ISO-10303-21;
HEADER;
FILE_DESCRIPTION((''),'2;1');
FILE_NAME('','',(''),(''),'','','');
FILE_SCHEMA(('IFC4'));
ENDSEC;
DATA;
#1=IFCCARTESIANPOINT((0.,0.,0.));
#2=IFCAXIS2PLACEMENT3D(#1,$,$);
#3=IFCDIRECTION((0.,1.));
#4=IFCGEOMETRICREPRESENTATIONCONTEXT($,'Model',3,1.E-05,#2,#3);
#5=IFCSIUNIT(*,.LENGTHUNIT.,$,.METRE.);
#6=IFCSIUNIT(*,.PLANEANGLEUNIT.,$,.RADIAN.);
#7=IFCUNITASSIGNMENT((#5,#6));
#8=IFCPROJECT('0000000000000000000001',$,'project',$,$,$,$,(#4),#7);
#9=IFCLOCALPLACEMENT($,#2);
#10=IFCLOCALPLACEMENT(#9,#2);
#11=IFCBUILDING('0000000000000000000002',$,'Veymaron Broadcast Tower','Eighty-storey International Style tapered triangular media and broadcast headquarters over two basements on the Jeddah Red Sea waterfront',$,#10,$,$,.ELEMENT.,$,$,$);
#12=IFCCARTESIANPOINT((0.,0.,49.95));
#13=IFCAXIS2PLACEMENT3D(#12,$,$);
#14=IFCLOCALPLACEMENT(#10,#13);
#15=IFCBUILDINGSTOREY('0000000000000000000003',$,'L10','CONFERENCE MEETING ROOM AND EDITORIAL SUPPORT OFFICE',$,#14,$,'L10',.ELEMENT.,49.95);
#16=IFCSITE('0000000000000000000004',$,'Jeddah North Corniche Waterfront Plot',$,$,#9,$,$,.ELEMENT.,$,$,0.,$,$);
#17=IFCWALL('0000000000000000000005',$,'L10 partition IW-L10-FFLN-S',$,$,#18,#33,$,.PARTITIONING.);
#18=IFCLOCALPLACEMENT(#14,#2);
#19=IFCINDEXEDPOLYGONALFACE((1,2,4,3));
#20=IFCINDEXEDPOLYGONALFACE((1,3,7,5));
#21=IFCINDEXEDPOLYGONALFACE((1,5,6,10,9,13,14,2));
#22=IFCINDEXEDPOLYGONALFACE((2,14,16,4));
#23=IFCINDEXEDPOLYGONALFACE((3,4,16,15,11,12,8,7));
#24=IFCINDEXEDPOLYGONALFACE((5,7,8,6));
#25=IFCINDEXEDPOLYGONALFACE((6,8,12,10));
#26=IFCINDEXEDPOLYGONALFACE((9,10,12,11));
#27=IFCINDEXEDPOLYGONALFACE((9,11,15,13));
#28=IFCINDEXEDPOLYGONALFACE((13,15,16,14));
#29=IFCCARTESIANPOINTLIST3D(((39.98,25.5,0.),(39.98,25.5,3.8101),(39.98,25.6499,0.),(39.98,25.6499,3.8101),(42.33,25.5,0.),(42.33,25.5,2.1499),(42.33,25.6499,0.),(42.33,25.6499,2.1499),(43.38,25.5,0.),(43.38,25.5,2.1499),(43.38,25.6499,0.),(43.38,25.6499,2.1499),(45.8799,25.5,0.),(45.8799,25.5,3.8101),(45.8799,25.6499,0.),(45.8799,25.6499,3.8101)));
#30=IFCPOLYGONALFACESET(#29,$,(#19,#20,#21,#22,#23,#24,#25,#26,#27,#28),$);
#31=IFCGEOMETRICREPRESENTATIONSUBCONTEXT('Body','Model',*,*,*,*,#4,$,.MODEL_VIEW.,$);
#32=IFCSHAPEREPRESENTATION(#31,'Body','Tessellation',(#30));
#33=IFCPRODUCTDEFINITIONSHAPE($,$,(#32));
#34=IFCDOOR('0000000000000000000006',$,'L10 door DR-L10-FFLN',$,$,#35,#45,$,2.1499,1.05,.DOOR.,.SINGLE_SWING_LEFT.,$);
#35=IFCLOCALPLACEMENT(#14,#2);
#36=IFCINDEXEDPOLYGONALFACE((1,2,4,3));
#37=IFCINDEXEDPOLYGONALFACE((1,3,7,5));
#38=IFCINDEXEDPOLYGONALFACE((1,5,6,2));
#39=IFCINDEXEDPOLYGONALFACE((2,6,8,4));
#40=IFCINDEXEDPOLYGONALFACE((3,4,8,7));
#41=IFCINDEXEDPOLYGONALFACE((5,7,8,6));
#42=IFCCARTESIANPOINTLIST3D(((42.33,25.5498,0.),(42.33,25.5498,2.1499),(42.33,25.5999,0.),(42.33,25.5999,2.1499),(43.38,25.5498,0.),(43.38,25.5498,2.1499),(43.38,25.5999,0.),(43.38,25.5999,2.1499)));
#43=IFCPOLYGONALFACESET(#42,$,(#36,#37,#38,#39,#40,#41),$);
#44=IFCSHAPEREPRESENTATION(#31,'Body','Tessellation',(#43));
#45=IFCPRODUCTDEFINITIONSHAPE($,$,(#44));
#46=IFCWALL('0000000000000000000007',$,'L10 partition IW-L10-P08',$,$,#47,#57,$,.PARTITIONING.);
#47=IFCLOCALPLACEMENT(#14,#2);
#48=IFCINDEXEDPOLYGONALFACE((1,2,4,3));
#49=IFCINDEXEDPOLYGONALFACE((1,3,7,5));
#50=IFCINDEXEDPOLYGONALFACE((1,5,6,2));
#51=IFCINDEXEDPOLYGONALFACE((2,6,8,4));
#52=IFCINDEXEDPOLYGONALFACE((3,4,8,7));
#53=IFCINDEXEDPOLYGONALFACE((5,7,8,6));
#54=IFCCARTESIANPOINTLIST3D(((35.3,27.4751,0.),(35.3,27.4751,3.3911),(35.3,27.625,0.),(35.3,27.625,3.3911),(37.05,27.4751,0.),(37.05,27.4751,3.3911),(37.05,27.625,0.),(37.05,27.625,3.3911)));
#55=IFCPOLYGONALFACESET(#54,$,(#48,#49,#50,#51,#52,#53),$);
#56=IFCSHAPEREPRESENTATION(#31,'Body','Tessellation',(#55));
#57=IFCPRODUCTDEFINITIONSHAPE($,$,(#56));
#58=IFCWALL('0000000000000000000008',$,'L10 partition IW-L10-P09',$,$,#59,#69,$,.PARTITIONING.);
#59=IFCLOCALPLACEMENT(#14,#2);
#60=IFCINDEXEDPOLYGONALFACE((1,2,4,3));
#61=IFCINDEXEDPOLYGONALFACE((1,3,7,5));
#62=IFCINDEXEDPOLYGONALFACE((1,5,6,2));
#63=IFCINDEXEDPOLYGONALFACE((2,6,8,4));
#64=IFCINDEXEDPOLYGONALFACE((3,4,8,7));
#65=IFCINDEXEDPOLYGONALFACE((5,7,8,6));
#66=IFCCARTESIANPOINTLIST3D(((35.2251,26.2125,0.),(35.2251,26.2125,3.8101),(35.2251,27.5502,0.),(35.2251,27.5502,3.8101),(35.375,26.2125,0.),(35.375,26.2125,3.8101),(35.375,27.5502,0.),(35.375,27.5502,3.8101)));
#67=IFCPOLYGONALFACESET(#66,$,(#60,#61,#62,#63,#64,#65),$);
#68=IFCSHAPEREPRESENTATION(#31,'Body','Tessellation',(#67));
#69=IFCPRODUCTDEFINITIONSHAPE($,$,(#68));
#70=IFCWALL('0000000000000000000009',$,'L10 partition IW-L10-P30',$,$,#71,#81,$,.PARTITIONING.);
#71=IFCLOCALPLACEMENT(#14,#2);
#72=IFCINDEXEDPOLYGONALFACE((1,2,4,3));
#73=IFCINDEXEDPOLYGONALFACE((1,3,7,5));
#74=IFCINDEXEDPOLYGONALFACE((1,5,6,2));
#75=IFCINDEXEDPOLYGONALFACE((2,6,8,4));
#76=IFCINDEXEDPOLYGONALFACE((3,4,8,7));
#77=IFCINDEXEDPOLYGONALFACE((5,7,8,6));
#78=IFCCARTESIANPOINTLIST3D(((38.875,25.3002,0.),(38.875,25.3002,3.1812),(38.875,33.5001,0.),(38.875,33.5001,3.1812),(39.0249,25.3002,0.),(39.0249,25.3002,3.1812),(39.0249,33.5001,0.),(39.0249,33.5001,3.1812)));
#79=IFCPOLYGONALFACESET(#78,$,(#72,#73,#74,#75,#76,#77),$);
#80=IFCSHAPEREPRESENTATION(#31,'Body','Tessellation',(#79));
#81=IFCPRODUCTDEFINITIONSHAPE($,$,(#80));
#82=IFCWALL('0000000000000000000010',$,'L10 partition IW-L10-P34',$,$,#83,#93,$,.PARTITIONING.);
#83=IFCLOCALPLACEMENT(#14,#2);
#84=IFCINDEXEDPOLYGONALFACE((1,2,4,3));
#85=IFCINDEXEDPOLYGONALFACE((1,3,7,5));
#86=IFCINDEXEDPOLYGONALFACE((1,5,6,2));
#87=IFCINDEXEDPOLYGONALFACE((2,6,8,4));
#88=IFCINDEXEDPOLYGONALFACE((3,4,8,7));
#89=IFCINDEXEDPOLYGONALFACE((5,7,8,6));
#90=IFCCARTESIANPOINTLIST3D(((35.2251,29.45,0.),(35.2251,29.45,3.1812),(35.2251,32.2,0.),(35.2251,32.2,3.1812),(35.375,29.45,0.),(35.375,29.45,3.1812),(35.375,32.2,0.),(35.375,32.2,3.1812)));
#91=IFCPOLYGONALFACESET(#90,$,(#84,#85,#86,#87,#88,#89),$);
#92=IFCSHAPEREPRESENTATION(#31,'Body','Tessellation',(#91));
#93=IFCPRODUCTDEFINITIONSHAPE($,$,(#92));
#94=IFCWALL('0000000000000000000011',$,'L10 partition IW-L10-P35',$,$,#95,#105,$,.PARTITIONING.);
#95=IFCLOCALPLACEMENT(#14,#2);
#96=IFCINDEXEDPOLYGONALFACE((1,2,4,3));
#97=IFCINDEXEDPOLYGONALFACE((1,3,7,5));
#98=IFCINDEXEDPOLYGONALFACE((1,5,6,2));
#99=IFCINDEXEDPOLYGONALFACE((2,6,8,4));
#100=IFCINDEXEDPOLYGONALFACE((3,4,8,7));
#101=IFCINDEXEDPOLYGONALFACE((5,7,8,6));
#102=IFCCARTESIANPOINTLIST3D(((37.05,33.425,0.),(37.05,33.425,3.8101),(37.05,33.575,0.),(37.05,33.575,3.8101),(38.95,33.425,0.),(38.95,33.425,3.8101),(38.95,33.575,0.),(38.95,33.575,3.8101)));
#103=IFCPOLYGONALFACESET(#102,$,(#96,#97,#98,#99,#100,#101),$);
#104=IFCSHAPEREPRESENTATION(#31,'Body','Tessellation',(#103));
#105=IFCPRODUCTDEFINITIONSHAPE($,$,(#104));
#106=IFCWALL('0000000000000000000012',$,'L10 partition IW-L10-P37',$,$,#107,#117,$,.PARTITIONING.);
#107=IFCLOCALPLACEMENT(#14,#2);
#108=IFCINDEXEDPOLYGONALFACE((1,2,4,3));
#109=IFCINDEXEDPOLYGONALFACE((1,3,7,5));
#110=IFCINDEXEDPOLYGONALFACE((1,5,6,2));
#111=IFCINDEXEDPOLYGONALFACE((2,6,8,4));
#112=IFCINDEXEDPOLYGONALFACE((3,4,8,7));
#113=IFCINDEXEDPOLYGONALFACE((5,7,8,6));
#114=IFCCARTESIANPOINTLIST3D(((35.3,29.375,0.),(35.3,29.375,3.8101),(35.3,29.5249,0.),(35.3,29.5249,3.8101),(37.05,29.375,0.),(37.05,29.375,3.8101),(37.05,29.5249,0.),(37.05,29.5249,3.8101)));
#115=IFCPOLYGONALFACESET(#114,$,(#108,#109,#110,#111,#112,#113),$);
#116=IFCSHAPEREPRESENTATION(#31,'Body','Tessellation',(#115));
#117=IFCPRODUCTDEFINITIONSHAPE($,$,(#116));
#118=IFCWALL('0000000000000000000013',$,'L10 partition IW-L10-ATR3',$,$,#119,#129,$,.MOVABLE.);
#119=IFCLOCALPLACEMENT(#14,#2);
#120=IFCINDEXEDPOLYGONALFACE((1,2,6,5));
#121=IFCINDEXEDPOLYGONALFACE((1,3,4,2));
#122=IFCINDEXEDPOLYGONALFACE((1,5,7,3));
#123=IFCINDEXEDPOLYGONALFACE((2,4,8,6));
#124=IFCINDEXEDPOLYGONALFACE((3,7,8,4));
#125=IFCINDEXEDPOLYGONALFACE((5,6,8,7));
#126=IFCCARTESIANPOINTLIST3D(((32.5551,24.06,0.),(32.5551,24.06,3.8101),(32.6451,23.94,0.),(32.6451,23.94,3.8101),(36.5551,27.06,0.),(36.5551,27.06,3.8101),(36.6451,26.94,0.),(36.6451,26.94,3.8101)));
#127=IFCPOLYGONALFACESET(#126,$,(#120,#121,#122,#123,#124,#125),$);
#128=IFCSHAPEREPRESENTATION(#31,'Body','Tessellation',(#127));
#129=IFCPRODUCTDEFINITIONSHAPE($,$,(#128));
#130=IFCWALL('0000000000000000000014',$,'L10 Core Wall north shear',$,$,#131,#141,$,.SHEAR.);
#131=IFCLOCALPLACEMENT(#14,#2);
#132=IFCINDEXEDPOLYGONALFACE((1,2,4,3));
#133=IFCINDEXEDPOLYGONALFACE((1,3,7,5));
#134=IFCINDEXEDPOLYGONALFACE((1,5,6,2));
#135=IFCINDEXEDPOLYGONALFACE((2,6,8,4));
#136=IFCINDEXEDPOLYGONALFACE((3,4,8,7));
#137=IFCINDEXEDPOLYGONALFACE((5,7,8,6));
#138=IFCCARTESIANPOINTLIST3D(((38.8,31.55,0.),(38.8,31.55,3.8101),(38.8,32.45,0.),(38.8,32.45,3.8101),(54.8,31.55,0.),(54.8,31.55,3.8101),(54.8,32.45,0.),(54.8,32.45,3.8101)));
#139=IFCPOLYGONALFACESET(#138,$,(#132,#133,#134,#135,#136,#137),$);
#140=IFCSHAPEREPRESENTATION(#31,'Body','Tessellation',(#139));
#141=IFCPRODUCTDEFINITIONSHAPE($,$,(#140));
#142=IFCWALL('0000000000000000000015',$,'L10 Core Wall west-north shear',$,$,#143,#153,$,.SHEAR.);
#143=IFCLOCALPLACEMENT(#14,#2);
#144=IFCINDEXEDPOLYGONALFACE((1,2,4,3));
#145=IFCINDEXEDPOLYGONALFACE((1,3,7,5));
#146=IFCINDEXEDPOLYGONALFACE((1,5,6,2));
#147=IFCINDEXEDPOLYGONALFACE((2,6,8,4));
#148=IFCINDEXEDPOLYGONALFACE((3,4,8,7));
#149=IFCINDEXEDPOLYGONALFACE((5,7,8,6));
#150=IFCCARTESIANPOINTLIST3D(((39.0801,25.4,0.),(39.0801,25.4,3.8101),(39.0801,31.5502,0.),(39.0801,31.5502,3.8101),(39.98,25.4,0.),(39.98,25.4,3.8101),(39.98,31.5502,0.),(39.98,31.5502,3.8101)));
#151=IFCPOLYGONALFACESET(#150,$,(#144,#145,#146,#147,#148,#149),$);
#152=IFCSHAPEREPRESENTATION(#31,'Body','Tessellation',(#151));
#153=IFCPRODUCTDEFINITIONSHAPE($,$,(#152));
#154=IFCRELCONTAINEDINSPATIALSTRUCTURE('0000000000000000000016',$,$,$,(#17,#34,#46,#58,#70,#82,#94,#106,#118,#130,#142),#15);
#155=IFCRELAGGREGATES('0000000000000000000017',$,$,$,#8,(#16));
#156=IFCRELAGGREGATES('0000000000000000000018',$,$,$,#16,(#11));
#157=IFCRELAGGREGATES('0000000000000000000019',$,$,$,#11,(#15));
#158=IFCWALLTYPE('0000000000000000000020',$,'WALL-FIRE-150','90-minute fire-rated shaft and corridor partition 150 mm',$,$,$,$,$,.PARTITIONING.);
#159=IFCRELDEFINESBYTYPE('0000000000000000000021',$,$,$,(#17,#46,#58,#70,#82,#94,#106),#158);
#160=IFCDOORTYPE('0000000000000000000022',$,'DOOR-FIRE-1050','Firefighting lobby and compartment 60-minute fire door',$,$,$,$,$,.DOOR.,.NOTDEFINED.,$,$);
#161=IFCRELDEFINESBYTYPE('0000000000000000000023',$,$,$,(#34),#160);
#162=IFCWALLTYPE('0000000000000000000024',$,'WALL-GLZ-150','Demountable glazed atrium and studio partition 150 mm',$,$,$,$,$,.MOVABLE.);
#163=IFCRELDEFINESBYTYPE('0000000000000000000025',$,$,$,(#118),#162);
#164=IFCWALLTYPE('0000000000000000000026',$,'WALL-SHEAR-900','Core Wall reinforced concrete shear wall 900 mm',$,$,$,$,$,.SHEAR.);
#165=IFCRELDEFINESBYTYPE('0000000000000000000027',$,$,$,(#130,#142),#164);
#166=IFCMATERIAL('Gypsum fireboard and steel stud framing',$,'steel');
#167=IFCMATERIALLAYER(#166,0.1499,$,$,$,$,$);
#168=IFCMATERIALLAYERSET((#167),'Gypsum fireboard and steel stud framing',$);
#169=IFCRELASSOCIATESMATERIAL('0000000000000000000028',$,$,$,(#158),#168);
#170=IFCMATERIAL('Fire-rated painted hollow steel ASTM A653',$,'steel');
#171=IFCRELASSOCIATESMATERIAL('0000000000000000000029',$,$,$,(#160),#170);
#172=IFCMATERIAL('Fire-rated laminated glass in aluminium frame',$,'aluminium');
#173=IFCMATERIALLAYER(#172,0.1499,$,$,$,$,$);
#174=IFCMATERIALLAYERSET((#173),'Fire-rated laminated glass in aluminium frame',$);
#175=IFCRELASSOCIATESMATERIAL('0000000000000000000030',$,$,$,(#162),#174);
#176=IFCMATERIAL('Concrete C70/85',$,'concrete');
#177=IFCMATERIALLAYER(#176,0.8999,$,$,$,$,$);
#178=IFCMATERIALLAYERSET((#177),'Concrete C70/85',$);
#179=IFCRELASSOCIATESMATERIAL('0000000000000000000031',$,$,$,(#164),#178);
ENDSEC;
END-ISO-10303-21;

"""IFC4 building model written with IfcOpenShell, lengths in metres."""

from ifc_helpers import new_model, si_unit, direction, frame, frame_2d, origin, place, context, subcontext, project, spatial, rectangle, extrude, material, layer, layer_set, type_object, element, fill, save


model = new_model("IFC4")

# Units and contexts
model_context = context("Model", 3, precision=1e-05, world=origin(), true_north=direction((0.0, 1.0)))
body_context = subcontext(model_context, "Body", "Model", "MODEL_VIEW")
ifc_project = project(units=[si_unit("LENGTHUNIT", "METRE"), si_unit("PLANEANGLEUNIT", "RADIAN")], contexts=[model_context])

# Site, building, storey
site_placement = place(None, origin())
site = spatial("IfcSite", under=ifc_project, at=site_placement, Name="Jeddah North Corniche Waterfront Plot", CompositionType="ELEMENT", RefElevation=0.0)
building_placement = place(site_placement, origin())
building = spatial("IfcBuilding", under=site, at=building_placement, Name="Veymaron Broadcast Tower", Description="Eighty-storey International Style tapered triangular media and broadcast headquarters over two basements on the Jeddah Red Sea waterfront", CompositionType="ELEMENT")
storey_placement = place(building_placement, frame((0.0, 0.0, 49.95)))
storey = spatial("IfcBuildingStorey", under=building, at=storey_placement, Name="L10", Description="CONFERENCE MEETING ROOM AND EDITORIAL SUPPORT OFFICE", LongName="L10", CompositionType="ELEMENT", Elevation=49.95)

# Wall, opening, door
ifc_material_1 = material(Name="Gypsum fireboard and steel stud framing", Category="steel")
ifc_layer_1 = layer(ifc_material_1, 0.1499)
ifc_layer_set_1 = layer_set([ifc_layer_1], Name="Gypsum fireboard and steel stud framing")
wall_type_1 = type_object("IfcWallType", Name="WALL-FIRE-150", Description="90-minute fire-rated shaft and corridor partition 150 mm", PredefinedType="PARTITIONING", material=ifc_layer_set_1)
wall_1_placement = place(storey_placement, frame((39.98, 25.575, 0.0), z_axis=(0.0, 0.0, 1.0), x_axis=(1.0, 0.0, 0.0)))
wall_1 = element("IfcWall", 1, at=wall_1_placement, inside=storey, type_object=wall_type_1, Name="L10 partition IW-L10-FFLN-S", PredefinedType="PARTITIONING", context=body_context, shape_type="SweptSolid", body=[
    extrude(rectangle(XDim=5.8999, YDim=0.1499, at=frame_2d((2.95, 0.0))), origin(), (0.0, 0.0, 1.0), 3.8101),
])
opening_1_placement = place(wall_1_placement, frame((2.3501, 0.0, 0.0)))
opening_1 = element("IfcOpeningElement", 2, at=opening_1_placement, cuts=wall_1, PredefinedType="OPENING", context=body_context, shape_type="SweptSolid", body=[
    extrude(rectangle(XDim=1.05, YDim=2.1499, at=frame_2d((0.5249, 1.075))), frame((0.0, 0.085, 0.0), z_axis=(0.0, -1.0, 0.0), x_axis=(1.0, 0.0, 0.0)), (0.0, 0.0, 1.0), 0.1699),
])
ifc_material_2 = material(Name="Fire-rated painted hollow steel ASTM A653", Category="steel")
door_type_1 = type_object("IfcDoorType", Name="DOOR-FIRE-1050", Description="Firefighting lobby and compartment 60-minute fire door", OperationType="NOTDEFINED", PredefinedType="DOOR", material=ifc_material_2)
door_1_placement = place(opening_1_placement, origin())
door_1 = element("IfcDoor", 3, at=door_1_placement, inside=storey, type_object=door_type_1, Name="L10 door DR-L10-FFLN", OperationType="SINGLE_SWING_LEFT", OverallHeight=2.1499, OverallWidth=1.05, PredefinedType="DOOR", context=body_context, shape_type="SweptSolid", body=[
    extrude(rectangle(XDim=1.05, YDim=2.1499, at=frame_2d((0.5249, 1.075))), frame((0.0, 0.0249, 0.0), z_axis=(0.0, -1.0, 0.0), x_axis=(1.0, 0.0, 0.0)), (0.0, 0.0, 1.0), 0.05),
])
fill(opening_1, door_1)

# Walls
wall_2_placement = place(storey_placement, frame((35.3, 27.55, 0.0), z_axis=(0.0, 0.0, 1.0), x_axis=(1.0, 0.0, 0.0)))
element("IfcWall", 4, at=wall_2_placement, inside=storey, type_object=wall_type_1, Name="L10 partition IW-L10-P08", PredefinedType="PARTITIONING", context=body_context, shape_type="SweptSolid", body=[
    extrude(rectangle(XDim=1.75, YDim=0.1499, at=frame_2d((0.875, 0.0))), origin(), (0.0, 0.0, 1.0), 3.3911),
])
wall_3_placement = place(storey_placement, frame((35.3, 26.2124, 0.0), z_axis=(0.0, 0.0, 1.0), x_axis=(0.0, 1.0, 0.0)))
element("IfcWall", 5, at=wall_3_placement, inside=storey, type_object=wall_type_1, Name="L10 partition IW-L10-P09", PredefinedType="PARTITIONING", context=body_context, shape_type="SweptSolid", body=[
    extrude(rectangle(XDim=1.3376, YDim=0.1499, at=frame_2d((0.6689, 0.0))), origin(), (0.0, 0.0, 1.0), 3.8101),
])
wall_4_placement = place(storey_placement, frame((38.95, 25.3, 0.0), z_axis=(0.0, 0.0, 1.0), x_axis=(0.0, 1.0, 0.0)))
element("IfcWall", 6, at=wall_4_placement, inside=storey, type_object=wall_type_1, Name="L10 partition IW-L10-P30", PredefinedType="PARTITIONING", context=body_context, shape_type="SweptSolid", body=[
    extrude(rectangle(XDim=8.2, YDim=0.1499, at=frame_2d((4.1001, 0.0))), origin(), (0.0, 0.0, 1.0), 3.1812),
])
wall_5_placement = place(storey_placement, frame((35.3, 29.45, 0.0), z_axis=(0.0, 0.0, 1.0), x_axis=(0.0, 1.0, 0.0)))
element("IfcWall", 7, at=wall_5_placement, inside=storey, type_object=wall_type_1, Name="L10 partition IW-L10-P34", PredefinedType="PARTITIONING", context=body_context, shape_type="SweptSolid", body=[
    extrude(rectangle(XDim=2.75, YDim=0.1499, at=frame_2d((1.375, 0.0))), origin(), (0.0, 0.0, 1.0), 3.1812),
])
wall_6_placement = place(storey_placement, frame((37.05, 33.5, 0.0), z_axis=(0.0, 0.0, 1.0), x_axis=(1.0, 0.0, 0.0)))
element("IfcWall", 8, at=wall_6_placement, inside=storey, type_object=wall_type_1, Name="L10 partition IW-L10-P35", PredefinedType="PARTITIONING", context=body_context, shape_type="SweptSolid", body=[
    extrude(rectangle(XDim=1.8999, YDim=0.1499, at=frame_2d((0.95, 0.0))), origin(), (0.0, 0.0, 1.0), 3.8101),
])
wall_7_placement = place(storey_placement, frame((35.3, 29.45, 0.0), z_axis=(0.0, 0.0, 1.0), x_axis=(1.0, 0.0, 0.0)))
element("IfcWall", 9, at=wall_7_placement, inside=storey, type_object=wall_type_1, Name="L10 partition IW-L10-P37", PredefinedType="PARTITIONING", context=body_context, shape_type="SweptSolid", body=[
    extrude(rectangle(XDim=1.75, YDim=0.1499, at=frame_2d((0.875, 0.0))), origin(), (0.0, 0.0, 1.0), 3.8101),
])
ifc_material_3 = material(Name="Fire-rated laminated glass in aluminium frame", Category="aluminium")
ifc_layer_2 = layer(ifc_material_3, 0.1499)
ifc_layer_set_2 = layer_set([ifc_layer_2], Name="Fire-rated laminated glass in aluminium frame")
wall_type_2 = type_object("IfcWallType", Name="WALL-GLZ-150", Description="Demountable glazed atrium and studio partition 150 mm", PredefinedType="MOVABLE", material=ifc_layer_set_2)
wall_8_placement = place(storey_placement, frame((36.6001, 27.0, 0.0), z_axis=(0.0, 0.0, 1.0), x_axis=(-0.8, -0.6, 0.0)))
element("IfcWall", 10, at=wall_8_placement, inside=storey, type_object=wall_type_2, Name="L10 partition IW-L10-ATR3", PredefinedType="MOVABLE", context=body_context, shape_type="SweptSolid", body=[
    extrude(rectangle(XDim=5.0, YDim=0.1499, at=frame_2d((2.5, 0.0))), origin(), (0.0, 0.0, 1.0), 3.8101),
])

# Walls
ifc_material_4 = material(Name="Concrete C70/85", Category="concrete")
ifc_layer_3 = layer(ifc_material_4, 0.8999)
ifc_layer_set_3 = layer_set([ifc_layer_3], Name="Concrete C70/85")
wall_type_3 = type_object("IfcWallType", Name="WALL-SHEAR-900", Description="Core Wall reinforced concrete shear wall 900 mm", PredefinedType="SHEAR", material=ifc_layer_set_3)
wall_9_placement = place(storey_placement, frame((38.8, 32.0, 0.0), z_axis=(0.0, 0.0, 1.0), x_axis=(1.0, 0.0, 0.0)))
element("IfcWall", 11, at=wall_9_placement, inside=storey, type_object=wall_type_3, Name="L10 Core Wall north shear", PredefinedType="SHEAR", context=body_context, shape_type="SweptSolid", body=[
    extrude(rectangle(XDim=16.0, YDim=0.8999, at=frame_2d((8.0, 0.0))), origin(), (0.0, 0.0, 1.0), 3.8101),
])
wall_10_placement = place(storey_placement, frame((39.53, 25.3999, 0.0), z_axis=(0.0, 0.0, 1.0), x_axis=(0.0, 1.0, 0.0)))
element("IfcWall", 12, at=wall_10_placement, inside=storey, type_object=wall_type_3, Name="L10 Core Wall west-north shear", PredefinedType="SHEAR", context=body_context, shape_type="SweptSolid", body=[
    extrude(rectangle(XDim=6.1501, YDim=0.8999, at=frame_2d((3.0752, 0.0))), origin(), (0.0, 0.0, 1.0), 3.8101),
])

save(model, "model.ifc")
